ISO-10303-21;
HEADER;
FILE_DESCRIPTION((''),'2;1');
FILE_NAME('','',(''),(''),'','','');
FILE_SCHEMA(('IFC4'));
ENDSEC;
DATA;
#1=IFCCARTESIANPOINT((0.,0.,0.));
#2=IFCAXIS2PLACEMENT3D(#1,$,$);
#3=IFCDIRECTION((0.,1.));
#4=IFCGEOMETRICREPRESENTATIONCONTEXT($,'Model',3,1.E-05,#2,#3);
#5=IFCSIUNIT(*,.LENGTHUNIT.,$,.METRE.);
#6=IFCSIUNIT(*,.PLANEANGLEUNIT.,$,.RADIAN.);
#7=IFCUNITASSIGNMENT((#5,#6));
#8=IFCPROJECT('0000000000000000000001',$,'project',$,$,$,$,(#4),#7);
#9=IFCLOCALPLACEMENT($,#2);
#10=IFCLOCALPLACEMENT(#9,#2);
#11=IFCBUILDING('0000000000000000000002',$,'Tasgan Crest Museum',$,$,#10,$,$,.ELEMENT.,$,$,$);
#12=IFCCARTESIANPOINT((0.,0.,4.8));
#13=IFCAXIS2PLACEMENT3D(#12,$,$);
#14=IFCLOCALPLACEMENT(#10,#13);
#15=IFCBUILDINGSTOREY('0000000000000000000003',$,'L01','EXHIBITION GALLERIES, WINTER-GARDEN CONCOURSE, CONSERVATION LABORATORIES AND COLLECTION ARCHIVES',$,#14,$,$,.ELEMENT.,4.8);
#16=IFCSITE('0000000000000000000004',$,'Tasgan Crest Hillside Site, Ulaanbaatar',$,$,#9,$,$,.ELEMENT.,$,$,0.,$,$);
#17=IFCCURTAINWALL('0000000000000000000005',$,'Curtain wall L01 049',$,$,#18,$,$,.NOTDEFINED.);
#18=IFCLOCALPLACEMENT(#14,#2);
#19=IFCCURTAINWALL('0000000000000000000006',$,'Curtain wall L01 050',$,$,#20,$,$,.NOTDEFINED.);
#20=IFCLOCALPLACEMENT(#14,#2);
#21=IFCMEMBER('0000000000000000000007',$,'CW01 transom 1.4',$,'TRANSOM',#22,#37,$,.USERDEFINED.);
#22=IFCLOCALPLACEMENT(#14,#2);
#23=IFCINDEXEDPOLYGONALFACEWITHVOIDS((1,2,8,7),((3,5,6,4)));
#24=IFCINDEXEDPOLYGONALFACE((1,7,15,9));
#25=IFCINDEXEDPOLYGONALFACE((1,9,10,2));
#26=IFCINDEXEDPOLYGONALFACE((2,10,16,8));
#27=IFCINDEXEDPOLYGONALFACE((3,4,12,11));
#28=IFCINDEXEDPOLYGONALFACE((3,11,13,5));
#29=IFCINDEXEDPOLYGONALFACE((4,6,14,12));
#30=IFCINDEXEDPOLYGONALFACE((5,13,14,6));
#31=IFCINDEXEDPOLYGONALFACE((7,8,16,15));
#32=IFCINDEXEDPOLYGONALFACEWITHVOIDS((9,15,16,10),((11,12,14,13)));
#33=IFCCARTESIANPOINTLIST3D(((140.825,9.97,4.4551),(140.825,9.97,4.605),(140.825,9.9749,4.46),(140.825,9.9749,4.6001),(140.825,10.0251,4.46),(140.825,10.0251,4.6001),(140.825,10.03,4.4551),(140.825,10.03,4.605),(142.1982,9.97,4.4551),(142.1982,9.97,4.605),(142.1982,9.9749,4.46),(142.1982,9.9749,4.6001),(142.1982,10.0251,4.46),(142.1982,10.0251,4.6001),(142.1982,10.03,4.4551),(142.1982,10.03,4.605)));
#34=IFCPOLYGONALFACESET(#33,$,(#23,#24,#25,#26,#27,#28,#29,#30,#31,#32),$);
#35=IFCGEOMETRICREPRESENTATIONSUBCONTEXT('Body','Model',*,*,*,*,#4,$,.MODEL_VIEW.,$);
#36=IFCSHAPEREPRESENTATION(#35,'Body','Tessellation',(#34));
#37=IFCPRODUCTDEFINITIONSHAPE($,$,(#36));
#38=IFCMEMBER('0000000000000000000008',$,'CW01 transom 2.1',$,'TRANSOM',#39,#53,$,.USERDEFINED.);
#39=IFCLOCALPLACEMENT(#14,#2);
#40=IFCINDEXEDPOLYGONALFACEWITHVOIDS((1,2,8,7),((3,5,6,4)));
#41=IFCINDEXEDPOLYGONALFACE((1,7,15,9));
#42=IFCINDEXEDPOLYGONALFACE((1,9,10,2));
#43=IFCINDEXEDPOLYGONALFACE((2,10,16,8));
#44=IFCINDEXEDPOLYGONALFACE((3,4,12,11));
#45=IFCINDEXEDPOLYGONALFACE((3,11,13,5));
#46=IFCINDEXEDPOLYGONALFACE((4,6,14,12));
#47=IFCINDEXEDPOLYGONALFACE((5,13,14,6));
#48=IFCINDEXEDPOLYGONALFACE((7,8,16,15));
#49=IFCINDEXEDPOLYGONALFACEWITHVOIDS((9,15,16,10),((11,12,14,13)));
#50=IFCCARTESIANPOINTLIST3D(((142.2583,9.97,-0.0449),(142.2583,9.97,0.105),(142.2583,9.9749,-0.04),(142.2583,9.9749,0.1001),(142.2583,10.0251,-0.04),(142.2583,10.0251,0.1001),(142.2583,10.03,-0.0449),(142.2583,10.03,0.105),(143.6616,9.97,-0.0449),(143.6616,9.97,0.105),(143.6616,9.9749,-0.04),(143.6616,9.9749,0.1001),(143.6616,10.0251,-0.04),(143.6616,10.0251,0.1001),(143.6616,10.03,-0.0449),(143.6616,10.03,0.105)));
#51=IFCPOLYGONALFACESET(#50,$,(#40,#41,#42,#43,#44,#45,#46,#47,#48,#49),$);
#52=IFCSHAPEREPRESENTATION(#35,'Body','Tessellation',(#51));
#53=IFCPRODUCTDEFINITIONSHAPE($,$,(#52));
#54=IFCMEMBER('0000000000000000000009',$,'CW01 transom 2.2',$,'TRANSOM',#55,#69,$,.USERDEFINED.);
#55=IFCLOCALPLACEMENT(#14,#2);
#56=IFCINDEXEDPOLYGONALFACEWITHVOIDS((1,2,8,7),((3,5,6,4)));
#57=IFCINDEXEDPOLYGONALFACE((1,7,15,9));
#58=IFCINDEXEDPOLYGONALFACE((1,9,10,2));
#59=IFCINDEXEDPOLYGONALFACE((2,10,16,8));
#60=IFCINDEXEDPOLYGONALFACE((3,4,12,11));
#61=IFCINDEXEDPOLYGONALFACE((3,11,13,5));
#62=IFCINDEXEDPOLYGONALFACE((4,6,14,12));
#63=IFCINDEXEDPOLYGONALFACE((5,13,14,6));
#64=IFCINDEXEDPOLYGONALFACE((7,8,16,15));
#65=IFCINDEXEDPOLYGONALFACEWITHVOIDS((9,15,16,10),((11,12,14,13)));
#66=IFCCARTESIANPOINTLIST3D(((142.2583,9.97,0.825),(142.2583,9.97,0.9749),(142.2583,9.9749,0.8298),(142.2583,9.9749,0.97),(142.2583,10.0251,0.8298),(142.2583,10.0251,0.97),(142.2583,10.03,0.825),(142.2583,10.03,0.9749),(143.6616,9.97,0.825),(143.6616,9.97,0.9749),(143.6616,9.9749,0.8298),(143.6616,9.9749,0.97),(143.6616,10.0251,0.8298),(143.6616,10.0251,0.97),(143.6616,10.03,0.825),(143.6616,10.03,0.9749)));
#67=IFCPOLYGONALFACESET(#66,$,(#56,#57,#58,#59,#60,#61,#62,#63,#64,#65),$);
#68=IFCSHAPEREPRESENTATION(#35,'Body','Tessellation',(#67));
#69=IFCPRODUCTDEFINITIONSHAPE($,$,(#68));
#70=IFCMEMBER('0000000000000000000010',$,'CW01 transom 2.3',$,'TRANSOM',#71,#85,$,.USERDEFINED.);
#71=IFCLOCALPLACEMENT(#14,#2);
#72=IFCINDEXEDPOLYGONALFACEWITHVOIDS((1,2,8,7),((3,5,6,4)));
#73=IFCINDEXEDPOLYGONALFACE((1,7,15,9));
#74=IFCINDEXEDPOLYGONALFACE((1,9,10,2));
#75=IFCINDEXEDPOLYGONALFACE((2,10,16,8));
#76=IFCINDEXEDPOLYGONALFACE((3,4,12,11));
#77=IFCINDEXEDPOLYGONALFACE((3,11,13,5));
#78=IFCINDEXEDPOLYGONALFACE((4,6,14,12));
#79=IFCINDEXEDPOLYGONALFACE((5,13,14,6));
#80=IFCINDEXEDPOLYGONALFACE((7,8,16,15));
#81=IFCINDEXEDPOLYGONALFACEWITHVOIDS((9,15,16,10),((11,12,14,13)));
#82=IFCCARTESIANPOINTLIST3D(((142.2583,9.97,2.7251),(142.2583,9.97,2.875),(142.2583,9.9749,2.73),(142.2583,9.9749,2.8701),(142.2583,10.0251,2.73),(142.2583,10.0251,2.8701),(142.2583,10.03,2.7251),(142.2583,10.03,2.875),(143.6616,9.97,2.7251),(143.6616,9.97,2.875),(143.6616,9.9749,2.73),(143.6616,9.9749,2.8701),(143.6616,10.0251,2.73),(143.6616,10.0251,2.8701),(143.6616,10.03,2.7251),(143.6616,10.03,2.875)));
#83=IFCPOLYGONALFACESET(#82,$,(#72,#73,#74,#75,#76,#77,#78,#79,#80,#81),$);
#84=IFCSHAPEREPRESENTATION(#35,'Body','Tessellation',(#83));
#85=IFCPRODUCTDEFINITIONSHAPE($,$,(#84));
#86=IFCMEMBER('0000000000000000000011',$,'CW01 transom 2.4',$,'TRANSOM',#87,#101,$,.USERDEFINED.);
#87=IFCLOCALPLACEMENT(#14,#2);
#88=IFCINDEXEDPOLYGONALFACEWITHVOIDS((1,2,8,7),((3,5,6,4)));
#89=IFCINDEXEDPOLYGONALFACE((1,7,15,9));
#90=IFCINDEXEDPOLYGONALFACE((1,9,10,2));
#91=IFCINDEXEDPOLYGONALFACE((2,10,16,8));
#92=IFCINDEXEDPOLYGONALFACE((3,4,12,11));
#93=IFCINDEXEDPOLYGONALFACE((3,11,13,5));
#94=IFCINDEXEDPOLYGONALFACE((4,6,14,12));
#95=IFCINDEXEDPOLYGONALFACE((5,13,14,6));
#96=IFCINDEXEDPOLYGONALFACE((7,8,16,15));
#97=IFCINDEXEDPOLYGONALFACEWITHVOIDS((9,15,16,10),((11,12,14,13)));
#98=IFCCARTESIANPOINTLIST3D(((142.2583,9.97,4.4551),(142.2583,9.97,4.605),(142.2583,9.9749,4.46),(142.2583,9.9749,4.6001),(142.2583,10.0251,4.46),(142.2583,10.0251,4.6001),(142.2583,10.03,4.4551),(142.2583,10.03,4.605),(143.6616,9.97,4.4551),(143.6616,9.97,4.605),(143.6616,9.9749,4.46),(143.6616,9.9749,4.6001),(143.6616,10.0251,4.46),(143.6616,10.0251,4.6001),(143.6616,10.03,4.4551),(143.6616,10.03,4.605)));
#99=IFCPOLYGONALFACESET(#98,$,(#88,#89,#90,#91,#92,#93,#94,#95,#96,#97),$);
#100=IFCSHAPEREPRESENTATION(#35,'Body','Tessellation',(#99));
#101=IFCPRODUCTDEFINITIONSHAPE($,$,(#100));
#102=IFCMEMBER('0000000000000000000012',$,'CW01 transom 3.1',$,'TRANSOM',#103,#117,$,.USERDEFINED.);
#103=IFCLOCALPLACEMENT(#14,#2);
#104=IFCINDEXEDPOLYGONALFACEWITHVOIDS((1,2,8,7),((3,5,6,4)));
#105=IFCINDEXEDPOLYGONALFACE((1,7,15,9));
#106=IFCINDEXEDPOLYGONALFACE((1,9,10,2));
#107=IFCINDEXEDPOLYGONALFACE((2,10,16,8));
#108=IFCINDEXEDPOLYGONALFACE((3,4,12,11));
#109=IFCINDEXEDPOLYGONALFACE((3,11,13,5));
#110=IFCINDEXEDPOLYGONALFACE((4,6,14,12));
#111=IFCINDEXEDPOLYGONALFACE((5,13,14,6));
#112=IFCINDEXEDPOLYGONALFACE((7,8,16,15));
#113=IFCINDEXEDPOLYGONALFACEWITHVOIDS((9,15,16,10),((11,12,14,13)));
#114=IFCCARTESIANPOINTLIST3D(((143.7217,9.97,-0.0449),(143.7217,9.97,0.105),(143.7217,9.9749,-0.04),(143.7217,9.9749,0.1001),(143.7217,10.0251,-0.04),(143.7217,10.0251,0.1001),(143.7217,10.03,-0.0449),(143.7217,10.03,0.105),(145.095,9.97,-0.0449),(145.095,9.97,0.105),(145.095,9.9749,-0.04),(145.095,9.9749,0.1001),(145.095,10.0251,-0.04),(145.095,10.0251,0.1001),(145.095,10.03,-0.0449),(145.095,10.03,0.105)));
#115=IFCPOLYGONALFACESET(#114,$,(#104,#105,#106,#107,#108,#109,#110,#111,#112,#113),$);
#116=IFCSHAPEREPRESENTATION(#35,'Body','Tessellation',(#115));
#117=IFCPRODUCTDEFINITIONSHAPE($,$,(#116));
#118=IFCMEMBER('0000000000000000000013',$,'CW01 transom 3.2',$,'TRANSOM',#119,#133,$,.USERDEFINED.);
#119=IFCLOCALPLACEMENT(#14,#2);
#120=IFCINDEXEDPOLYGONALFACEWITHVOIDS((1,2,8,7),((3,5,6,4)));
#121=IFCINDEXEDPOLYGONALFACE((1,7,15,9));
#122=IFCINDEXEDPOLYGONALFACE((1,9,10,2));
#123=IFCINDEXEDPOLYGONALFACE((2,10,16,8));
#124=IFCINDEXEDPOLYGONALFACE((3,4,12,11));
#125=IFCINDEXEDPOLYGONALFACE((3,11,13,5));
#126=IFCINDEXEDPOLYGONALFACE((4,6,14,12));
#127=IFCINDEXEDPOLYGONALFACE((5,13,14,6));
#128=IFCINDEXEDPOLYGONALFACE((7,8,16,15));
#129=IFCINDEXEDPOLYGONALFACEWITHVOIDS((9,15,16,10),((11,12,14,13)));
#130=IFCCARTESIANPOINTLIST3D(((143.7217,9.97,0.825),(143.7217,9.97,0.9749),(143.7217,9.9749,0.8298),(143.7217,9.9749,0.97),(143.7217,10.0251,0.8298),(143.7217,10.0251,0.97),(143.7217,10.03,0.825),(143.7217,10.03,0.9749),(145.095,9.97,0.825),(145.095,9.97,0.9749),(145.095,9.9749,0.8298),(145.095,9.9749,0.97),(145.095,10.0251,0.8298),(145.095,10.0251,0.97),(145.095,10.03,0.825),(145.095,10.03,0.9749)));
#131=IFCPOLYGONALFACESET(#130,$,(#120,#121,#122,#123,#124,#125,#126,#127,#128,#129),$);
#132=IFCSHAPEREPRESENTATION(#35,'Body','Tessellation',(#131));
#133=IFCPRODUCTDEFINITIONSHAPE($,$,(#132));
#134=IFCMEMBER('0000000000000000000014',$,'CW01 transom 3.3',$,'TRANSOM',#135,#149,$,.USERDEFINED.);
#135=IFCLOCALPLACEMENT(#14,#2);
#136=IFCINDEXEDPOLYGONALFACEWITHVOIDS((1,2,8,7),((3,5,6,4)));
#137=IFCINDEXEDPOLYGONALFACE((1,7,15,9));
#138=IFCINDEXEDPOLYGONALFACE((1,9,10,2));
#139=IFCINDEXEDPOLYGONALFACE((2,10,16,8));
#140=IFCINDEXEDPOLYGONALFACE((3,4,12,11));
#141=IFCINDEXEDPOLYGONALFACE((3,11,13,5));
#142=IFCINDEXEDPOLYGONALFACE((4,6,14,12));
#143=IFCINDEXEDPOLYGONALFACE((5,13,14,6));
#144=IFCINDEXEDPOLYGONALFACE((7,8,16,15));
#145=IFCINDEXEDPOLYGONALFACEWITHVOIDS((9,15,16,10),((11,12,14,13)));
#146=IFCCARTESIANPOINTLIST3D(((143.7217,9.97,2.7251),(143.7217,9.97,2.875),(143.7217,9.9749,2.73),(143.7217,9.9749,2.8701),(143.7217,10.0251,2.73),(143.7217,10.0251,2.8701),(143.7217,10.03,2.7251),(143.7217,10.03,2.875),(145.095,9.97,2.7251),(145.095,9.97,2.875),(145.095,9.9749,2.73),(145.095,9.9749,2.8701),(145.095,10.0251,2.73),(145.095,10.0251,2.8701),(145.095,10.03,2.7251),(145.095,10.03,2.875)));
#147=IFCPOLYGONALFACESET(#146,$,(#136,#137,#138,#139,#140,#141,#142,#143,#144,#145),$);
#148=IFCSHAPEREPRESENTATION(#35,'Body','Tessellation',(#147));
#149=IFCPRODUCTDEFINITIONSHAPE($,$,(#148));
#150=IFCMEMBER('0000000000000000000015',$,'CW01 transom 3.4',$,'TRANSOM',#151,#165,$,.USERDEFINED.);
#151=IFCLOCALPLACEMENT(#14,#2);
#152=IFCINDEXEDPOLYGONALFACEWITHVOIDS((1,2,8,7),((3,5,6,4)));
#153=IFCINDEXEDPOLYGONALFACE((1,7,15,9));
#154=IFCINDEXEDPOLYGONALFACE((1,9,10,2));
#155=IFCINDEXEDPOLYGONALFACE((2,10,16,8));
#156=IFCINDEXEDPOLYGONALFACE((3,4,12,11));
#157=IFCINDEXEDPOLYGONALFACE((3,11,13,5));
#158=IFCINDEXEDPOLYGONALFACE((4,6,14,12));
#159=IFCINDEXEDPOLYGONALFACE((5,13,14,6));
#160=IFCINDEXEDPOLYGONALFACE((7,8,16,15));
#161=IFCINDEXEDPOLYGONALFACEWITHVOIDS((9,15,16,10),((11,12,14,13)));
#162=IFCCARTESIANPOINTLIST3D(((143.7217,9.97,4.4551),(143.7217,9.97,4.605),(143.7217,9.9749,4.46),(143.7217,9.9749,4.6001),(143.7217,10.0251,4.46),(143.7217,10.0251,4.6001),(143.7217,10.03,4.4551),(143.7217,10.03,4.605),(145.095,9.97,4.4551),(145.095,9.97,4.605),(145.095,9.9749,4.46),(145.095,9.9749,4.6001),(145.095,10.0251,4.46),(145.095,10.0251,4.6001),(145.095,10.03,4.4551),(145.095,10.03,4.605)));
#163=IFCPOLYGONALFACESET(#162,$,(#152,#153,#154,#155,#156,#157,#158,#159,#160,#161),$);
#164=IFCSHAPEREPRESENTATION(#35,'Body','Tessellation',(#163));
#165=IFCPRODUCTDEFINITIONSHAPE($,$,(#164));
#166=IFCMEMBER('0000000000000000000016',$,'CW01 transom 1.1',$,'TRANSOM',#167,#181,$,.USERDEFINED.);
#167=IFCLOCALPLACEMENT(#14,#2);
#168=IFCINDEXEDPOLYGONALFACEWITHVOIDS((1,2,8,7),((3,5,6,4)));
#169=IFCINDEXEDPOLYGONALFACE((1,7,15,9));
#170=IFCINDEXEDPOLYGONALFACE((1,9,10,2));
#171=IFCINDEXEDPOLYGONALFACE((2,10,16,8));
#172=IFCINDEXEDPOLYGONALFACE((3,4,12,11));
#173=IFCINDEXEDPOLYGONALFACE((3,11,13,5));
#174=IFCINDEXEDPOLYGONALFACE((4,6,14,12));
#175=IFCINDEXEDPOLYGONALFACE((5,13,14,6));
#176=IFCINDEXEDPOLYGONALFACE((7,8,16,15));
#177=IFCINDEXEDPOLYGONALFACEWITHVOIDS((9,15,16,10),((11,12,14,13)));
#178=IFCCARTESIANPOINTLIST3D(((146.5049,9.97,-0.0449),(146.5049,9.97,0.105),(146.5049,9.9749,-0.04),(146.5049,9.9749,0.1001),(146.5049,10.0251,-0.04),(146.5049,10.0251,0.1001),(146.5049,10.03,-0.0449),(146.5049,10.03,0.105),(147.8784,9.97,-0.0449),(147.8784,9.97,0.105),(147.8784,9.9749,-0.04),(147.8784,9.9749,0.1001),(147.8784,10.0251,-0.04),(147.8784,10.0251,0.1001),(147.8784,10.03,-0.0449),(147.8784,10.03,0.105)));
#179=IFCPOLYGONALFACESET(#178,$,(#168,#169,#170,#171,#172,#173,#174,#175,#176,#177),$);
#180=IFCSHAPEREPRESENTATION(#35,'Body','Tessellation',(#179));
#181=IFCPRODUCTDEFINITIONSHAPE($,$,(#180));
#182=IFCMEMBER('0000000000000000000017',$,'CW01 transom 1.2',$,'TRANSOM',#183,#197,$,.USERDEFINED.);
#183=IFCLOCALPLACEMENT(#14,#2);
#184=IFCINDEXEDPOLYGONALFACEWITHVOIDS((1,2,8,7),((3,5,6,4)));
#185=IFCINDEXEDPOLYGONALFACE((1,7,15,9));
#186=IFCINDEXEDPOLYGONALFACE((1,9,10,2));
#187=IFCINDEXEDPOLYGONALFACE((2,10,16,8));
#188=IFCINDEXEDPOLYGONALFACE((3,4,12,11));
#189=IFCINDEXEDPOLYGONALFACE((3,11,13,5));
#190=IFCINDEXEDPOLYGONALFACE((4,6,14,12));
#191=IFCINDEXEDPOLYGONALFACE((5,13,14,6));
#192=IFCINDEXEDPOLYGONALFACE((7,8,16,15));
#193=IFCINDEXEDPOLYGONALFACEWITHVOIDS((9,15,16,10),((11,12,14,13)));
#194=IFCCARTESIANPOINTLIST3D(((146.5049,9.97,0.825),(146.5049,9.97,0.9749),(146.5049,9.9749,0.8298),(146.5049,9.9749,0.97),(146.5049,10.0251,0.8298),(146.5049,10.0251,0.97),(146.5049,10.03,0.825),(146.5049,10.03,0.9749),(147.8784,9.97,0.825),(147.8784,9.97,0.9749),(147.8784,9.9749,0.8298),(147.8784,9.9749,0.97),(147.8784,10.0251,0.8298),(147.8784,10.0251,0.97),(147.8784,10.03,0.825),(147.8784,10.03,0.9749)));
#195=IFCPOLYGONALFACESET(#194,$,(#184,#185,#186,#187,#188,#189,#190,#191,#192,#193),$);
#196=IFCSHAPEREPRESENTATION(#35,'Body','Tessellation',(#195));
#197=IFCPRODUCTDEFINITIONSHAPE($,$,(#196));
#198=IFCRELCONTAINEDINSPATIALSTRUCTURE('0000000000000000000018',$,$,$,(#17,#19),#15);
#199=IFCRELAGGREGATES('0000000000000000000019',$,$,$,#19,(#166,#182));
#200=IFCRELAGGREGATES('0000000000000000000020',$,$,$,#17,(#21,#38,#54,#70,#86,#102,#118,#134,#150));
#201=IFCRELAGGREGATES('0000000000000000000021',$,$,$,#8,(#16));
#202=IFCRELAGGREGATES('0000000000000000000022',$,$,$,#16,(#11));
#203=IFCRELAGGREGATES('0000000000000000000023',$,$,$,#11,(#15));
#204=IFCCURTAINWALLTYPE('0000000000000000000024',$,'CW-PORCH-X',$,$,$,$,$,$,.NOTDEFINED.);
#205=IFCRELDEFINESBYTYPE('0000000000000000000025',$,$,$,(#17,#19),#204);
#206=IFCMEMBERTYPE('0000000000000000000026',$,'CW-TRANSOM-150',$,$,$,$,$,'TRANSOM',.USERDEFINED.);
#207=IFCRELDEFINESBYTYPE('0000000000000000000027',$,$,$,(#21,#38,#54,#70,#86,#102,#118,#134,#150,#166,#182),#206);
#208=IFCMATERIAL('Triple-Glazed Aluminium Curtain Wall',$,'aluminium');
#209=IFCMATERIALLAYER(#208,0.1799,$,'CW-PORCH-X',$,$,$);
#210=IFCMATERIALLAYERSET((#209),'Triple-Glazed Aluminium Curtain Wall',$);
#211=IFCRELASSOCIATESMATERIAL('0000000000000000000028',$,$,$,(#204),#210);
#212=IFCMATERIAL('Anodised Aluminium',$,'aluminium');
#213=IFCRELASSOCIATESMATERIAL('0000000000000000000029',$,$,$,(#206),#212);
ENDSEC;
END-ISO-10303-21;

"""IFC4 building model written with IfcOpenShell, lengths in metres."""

from ifc_helpers import new_model, si_unit, direction, frame, origin, origin_2d, place, context, subcontext, project, spatial, hollow_rectangle, extrude, material, layer, layer_set, material_profile, profile_set, type_object, element, aggregate, save


model = new_model("IFC4")

# Units and contexts
model_context = context("Model", 3, precision=1e-05, world=origin(), true_north=direction((0.0, 1.0)))
body_context = subcontext(model_context, "Body", "Model", "MODEL_VIEW")
ifc_project = project(units=[si_unit("LENGTHUNIT", "METRE"), si_unit("PLANEANGLEUNIT", "RADIAN")], contexts=[model_context])

# Site, building, storey
site_placement = place(None, origin())
site = spatial("IfcSite", under=ifc_project, at=site_placement, Name="Tasgan Crest Hillside Site, Ulaanbaatar", CompositionType="ELEMENT", RefElevation=0.0)
building_placement = place(site_placement, origin())
building = spatial("IfcBuilding", under=site, at=building_placement, Name="Tasgan Crest Museum", CompositionType="ELEMENT")
storey_placement = place(building_placement, frame((0.0, 0.0, 4.8)))
storey = spatial("IfcBuildingStorey", under=building, at=storey_placement, Name="L01", Description="EXHIBITION GALLERIES, WINTER-GARDEN CONCOURSE, CONSERVATION LABORATORIES AND COLLECTION ARCHIVES", CompositionType="ELEMENT", Elevation=4.8)

# Curtain wall
ifc_material_1 = material(Name="Triple-Glazed Aluminium Curtain Wall", Category="aluminium")
ifc_layer_1 = layer(ifc_material_1, 0.1799, Name="CW-PORCH-X")
ifc_layer_set_1 = layer_set([ifc_layer_1], Name="Triple-Glazed Aluminium Curtain Wall")
curtain_wall_type = type_object("IfcCurtainWallType", Name="CW-PORCH-X", PredefinedType="NOTDEFINED", material=ifc_layer_set_1)
curtain_wall_1_placement = place(storey_placement, origin())
curtain_wall_1 = element("IfcCurtainWall", 1, at=curtain_wall_1_placement, inside=storey, type_object=curtain_wall_type, Name="Curtain wall L01 049", PredefinedType="NOTDEFINED")

# Curtain wall
curtain_wall_2_placement = place(storey_placement, origin())
curtain_wall_2 = element("IfcCurtainWall", 2, at=curtain_wall_2_placement, inside=storey, type_object=curtain_wall_type, Name="Curtain wall L01 050", PredefinedType="NOTDEFINED")

# Members
ifc_material_2 = material(Name="Anodised Aluminium", Category="aluminium")
ifc_material_profile_1 = material_profile(ifc_material_2, hollow_rectangle(XDim=0.0601, YDim=0.1499, WallThickness=0.0049, at=origin_2d()), Name="ALU TRANSOM 150x60x5")
ifc_profile_set_1 = profile_set([ifc_material_profile_1], Name="Anodised Aluminium")
member_type_1 = type_object("IfcMemberType", Name="CW-TRANSOM-150", ElementType="TRANSOM", PredefinedType="USERDEFINED", material=ifc_profile_set_1)
member_1_placement = place(storey_placement, frame((140.825, 10.0, 4.53), z_axis=(1.0, 0.0, 0.0), x_axis=(0.0, 1.0, 0.0)))
member_1 = element("IfcMember", 3, at=member_1_placement, type_object=member_type_1, Name="CW01 transom 1.4", ObjectType="TRANSOM", PredefinedType="USERDEFINED", context=body_context, shape_type="SweptSolid", body=[
    extrude(hollow_rectangle(XDim=0.0601, YDim=0.1499, WallThickness=0.0049, at=origin_2d()), origin(), (0.0, 0.0, 1.0), 1.3733),
])
member_2_placement = place(storey_placement, frame((142.2583, 10.0, 0.03), z_axis=(1.0, 0.0, 0.0), x_axis=(0.0, 1.0, 0.0)))
member_2 = element("IfcMember", 4, at=member_2_placement, type_object=member_type_1, Name="CW01 transom 2.1", ObjectType="TRANSOM", PredefinedType="USERDEFINED", context=body_context, shape_type="SweptSolid", body=[
    extrude(hollow_rectangle(XDim=0.0601, YDim=0.1499, WallThickness=0.0049, at=origin_2d()), origin(), (0.0, 0.0, 1.0), 1.4033),
])
member_3_placement = place(storey_placement, frame((142.2583, 10.0, 0.8999), z_axis=(1.0, 0.0, 0.0), x_axis=(0.0, 1.0, 0.0)))
member_3 = element("IfcMember", 5, at=member_3_placement, type_object=member_type_1, Name="CW01 transom 2.2", ObjectType="TRANSOM", PredefinedType="USERDEFINED", context=body_context, shape_type="SweptSolid", body=[
    extrude(hollow_rectangle(XDim=0.0601, YDim=0.1499, WallThickness=0.0049, at=origin_2d()), origin(), (0.0, 0.0, 1.0), 1.4033),
])
member_4_placement = place(storey_placement, frame((142.2583, 10.0, 2.8), z_axis=(1.0, 0.0, 0.0), x_axis=(0.0, 1.0, 0.0)))
member_4 = element("IfcMember", 6, at=member_4_placement, type_object=member_type_1, Name="CW01 transom 2.3", ObjectType="TRANSOM", PredefinedType="USERDEFINED", context=body_context, shape_type="SweptSolid", body=[
    extrude(hollow_rectangle(XDim=0.0601, YDim=0.1499, WallThickness=0.0049, at=origin_2d()), origin(), (0.0, 0.0, 1.0), 1.4033),
])
member_5_placement = place(storey_placement, frame((142.2583, 10.0, 4.53), z_axis=(1.0, 0.0, 0.0), x_axis=(0.0, 1.0, 0.0)))
member_5 = element("IfcMember", 7, at=member_5_placement, type_object=member_type_1, Name="CW01 transom 2.4", ObjectType="TRANSOM", PredefinedType="USERDEFINED", context=body_context, shape_type="SweptSolid", body=[
    extrude(hollow_rectangle(XDim=0.0601, YDim=0.1499, WallThickness=0.0049, at=origin_2d()), origin(), (0.0, 0.0, 1.0), 1.4033),
])
member_6_placement = place(storey_placement, frame((143.7217, 10.0, 0.03), z_axis=(1.0, 0.0, 0.0), x_axis=(0.0, 1.0, 0.0)))
member_6 = element("IfcMember", 8, at=member_6_placement, type_object=member_type_1, Name="CW01 transom 3.1", ObjectType="TRANSOM", PredefinedType="USERDEFINED", context=body_context, shape_type="SweptSolid", body=[
    extrude(hollow_rectangle(XDim=0.0601, YDim=0.1499, WallThickness=0.0049, at=origin_2d()), origin(), (0.0, 0.0, 1.0), 1.3733),
])
member_7_placement = place(storey_placement, frame((143.7217, 10.0, 0.8999), z_axis=(1.0, 0.0, 0.0), x_axis=(0.0, 1.0, 0.0)))
member_7 = element("IfcMember", 9, at=member_7_placement, type_object=member_type_1, Name="CW01 transom 3.2", ObjectType="TRANSOM", PredefinedType="USERDEFINED", context=body_context, shape_type="SweptSolid", body=[
    extrude(hollow_rectangle(XDim=0.0601, YDim=0.1499, WallThickness=0.0049, at=origin_2d()), origin(), (0.0, 0.0, 1.0), 1.3733),
])
member_8_placement = place(storey_placement, frame((143.7217, 10.0, 2.8), z_axis=(1.0, 0.0, 0.0), x_axis=(0.0, 1.0, 0.0)))
member_8 = element("IfcMember", 10, at=member_8_placement, type_object=member_type_1, Name="CW01 transom 3.3", ObjectType="TRANSOM", PredefinedType="USERDEFINED", context=body_context, shape_type="SweptSolid", body=[
    extrude(hollow_rectangle(XDim=0.0601, YDim=0.1499, WallThickness=0.0049, at=origin_2d()), origin(), (0.0, 0.0, 1.0), 1.3733),
])
member_9_placement = place(storey_placement, frame((143.7217, 10.0, 4.53), z_axis=(1.0, 0.0, 0.0), x_axis=(0.0, 1.0, 0.0)))
member_9 = element("IfcMember", 11, at=member_9_placement, type_object=member_type_1, Name="CW01 transom 3.4", ObjectType="TRANSOM", PredefinedType="USERDEFINED", context=body_context, shape_type="SweptSolid", body=[
    extrude(hollow_rectangle(XDim=0.0601, YDim=0.1499, WallThickness=0.0049, at=origin_2d()), origin(), (0.0, 0.0, 1.0), 1.3733),
])
member_10_placement = place(storey_placement, frame((146.5049, 10.0, 0.03), z_axis=(1.0, 0.0, 0.0), x_axis=(0.0, 1.0, 0.0)))
member_10 = element("IfcMember", 12, at=member_10_placement, type_object=member_type_1, Name="CW01 transom 1.1", ObjectType="TRANSOM", PredefinedType="USERDEFINED", context=body_context, shape_type="SweptSolid", body=[
    extrude(hollow_rectangle(XDim=0.0601, YDim=0.1499, WallThickness=0.0049, at=origin_2d()), origin(), (0.0, 0.0, 1.0), 1.3735),
])
member_11_placement = place(storey_placement, frame((146.5049, 10.0, 0.8999), z_axis=(1.0, 0.0, 0.0), x_axis=(0.0, 1.0, 0.0)))
member_11 = element("IfcMember", 13, at=member_11_placement, type_object=member_type_1, Name="CW01 transom 1.2", ObjectType="TRANSOM", PredefinedType="USERDEFINED", context=body_context, shape_type="SweptSolid", body=[
    extrude(hollow_rectangle(XDim=0.0601, YDim=0.1499, WallThickness=0.0049, at=origin_2d()), origin(), (0.0, 0.0, 1.0), 1.3735),
])
aggregate(curtain_wall_2, [member_10, member_11])

aggregate(curtain_wall_1, [member_1, member_2, member_3, member_4, member_5, member_6, member_7, member_8, member_9])

save(model, "model.ifc")
